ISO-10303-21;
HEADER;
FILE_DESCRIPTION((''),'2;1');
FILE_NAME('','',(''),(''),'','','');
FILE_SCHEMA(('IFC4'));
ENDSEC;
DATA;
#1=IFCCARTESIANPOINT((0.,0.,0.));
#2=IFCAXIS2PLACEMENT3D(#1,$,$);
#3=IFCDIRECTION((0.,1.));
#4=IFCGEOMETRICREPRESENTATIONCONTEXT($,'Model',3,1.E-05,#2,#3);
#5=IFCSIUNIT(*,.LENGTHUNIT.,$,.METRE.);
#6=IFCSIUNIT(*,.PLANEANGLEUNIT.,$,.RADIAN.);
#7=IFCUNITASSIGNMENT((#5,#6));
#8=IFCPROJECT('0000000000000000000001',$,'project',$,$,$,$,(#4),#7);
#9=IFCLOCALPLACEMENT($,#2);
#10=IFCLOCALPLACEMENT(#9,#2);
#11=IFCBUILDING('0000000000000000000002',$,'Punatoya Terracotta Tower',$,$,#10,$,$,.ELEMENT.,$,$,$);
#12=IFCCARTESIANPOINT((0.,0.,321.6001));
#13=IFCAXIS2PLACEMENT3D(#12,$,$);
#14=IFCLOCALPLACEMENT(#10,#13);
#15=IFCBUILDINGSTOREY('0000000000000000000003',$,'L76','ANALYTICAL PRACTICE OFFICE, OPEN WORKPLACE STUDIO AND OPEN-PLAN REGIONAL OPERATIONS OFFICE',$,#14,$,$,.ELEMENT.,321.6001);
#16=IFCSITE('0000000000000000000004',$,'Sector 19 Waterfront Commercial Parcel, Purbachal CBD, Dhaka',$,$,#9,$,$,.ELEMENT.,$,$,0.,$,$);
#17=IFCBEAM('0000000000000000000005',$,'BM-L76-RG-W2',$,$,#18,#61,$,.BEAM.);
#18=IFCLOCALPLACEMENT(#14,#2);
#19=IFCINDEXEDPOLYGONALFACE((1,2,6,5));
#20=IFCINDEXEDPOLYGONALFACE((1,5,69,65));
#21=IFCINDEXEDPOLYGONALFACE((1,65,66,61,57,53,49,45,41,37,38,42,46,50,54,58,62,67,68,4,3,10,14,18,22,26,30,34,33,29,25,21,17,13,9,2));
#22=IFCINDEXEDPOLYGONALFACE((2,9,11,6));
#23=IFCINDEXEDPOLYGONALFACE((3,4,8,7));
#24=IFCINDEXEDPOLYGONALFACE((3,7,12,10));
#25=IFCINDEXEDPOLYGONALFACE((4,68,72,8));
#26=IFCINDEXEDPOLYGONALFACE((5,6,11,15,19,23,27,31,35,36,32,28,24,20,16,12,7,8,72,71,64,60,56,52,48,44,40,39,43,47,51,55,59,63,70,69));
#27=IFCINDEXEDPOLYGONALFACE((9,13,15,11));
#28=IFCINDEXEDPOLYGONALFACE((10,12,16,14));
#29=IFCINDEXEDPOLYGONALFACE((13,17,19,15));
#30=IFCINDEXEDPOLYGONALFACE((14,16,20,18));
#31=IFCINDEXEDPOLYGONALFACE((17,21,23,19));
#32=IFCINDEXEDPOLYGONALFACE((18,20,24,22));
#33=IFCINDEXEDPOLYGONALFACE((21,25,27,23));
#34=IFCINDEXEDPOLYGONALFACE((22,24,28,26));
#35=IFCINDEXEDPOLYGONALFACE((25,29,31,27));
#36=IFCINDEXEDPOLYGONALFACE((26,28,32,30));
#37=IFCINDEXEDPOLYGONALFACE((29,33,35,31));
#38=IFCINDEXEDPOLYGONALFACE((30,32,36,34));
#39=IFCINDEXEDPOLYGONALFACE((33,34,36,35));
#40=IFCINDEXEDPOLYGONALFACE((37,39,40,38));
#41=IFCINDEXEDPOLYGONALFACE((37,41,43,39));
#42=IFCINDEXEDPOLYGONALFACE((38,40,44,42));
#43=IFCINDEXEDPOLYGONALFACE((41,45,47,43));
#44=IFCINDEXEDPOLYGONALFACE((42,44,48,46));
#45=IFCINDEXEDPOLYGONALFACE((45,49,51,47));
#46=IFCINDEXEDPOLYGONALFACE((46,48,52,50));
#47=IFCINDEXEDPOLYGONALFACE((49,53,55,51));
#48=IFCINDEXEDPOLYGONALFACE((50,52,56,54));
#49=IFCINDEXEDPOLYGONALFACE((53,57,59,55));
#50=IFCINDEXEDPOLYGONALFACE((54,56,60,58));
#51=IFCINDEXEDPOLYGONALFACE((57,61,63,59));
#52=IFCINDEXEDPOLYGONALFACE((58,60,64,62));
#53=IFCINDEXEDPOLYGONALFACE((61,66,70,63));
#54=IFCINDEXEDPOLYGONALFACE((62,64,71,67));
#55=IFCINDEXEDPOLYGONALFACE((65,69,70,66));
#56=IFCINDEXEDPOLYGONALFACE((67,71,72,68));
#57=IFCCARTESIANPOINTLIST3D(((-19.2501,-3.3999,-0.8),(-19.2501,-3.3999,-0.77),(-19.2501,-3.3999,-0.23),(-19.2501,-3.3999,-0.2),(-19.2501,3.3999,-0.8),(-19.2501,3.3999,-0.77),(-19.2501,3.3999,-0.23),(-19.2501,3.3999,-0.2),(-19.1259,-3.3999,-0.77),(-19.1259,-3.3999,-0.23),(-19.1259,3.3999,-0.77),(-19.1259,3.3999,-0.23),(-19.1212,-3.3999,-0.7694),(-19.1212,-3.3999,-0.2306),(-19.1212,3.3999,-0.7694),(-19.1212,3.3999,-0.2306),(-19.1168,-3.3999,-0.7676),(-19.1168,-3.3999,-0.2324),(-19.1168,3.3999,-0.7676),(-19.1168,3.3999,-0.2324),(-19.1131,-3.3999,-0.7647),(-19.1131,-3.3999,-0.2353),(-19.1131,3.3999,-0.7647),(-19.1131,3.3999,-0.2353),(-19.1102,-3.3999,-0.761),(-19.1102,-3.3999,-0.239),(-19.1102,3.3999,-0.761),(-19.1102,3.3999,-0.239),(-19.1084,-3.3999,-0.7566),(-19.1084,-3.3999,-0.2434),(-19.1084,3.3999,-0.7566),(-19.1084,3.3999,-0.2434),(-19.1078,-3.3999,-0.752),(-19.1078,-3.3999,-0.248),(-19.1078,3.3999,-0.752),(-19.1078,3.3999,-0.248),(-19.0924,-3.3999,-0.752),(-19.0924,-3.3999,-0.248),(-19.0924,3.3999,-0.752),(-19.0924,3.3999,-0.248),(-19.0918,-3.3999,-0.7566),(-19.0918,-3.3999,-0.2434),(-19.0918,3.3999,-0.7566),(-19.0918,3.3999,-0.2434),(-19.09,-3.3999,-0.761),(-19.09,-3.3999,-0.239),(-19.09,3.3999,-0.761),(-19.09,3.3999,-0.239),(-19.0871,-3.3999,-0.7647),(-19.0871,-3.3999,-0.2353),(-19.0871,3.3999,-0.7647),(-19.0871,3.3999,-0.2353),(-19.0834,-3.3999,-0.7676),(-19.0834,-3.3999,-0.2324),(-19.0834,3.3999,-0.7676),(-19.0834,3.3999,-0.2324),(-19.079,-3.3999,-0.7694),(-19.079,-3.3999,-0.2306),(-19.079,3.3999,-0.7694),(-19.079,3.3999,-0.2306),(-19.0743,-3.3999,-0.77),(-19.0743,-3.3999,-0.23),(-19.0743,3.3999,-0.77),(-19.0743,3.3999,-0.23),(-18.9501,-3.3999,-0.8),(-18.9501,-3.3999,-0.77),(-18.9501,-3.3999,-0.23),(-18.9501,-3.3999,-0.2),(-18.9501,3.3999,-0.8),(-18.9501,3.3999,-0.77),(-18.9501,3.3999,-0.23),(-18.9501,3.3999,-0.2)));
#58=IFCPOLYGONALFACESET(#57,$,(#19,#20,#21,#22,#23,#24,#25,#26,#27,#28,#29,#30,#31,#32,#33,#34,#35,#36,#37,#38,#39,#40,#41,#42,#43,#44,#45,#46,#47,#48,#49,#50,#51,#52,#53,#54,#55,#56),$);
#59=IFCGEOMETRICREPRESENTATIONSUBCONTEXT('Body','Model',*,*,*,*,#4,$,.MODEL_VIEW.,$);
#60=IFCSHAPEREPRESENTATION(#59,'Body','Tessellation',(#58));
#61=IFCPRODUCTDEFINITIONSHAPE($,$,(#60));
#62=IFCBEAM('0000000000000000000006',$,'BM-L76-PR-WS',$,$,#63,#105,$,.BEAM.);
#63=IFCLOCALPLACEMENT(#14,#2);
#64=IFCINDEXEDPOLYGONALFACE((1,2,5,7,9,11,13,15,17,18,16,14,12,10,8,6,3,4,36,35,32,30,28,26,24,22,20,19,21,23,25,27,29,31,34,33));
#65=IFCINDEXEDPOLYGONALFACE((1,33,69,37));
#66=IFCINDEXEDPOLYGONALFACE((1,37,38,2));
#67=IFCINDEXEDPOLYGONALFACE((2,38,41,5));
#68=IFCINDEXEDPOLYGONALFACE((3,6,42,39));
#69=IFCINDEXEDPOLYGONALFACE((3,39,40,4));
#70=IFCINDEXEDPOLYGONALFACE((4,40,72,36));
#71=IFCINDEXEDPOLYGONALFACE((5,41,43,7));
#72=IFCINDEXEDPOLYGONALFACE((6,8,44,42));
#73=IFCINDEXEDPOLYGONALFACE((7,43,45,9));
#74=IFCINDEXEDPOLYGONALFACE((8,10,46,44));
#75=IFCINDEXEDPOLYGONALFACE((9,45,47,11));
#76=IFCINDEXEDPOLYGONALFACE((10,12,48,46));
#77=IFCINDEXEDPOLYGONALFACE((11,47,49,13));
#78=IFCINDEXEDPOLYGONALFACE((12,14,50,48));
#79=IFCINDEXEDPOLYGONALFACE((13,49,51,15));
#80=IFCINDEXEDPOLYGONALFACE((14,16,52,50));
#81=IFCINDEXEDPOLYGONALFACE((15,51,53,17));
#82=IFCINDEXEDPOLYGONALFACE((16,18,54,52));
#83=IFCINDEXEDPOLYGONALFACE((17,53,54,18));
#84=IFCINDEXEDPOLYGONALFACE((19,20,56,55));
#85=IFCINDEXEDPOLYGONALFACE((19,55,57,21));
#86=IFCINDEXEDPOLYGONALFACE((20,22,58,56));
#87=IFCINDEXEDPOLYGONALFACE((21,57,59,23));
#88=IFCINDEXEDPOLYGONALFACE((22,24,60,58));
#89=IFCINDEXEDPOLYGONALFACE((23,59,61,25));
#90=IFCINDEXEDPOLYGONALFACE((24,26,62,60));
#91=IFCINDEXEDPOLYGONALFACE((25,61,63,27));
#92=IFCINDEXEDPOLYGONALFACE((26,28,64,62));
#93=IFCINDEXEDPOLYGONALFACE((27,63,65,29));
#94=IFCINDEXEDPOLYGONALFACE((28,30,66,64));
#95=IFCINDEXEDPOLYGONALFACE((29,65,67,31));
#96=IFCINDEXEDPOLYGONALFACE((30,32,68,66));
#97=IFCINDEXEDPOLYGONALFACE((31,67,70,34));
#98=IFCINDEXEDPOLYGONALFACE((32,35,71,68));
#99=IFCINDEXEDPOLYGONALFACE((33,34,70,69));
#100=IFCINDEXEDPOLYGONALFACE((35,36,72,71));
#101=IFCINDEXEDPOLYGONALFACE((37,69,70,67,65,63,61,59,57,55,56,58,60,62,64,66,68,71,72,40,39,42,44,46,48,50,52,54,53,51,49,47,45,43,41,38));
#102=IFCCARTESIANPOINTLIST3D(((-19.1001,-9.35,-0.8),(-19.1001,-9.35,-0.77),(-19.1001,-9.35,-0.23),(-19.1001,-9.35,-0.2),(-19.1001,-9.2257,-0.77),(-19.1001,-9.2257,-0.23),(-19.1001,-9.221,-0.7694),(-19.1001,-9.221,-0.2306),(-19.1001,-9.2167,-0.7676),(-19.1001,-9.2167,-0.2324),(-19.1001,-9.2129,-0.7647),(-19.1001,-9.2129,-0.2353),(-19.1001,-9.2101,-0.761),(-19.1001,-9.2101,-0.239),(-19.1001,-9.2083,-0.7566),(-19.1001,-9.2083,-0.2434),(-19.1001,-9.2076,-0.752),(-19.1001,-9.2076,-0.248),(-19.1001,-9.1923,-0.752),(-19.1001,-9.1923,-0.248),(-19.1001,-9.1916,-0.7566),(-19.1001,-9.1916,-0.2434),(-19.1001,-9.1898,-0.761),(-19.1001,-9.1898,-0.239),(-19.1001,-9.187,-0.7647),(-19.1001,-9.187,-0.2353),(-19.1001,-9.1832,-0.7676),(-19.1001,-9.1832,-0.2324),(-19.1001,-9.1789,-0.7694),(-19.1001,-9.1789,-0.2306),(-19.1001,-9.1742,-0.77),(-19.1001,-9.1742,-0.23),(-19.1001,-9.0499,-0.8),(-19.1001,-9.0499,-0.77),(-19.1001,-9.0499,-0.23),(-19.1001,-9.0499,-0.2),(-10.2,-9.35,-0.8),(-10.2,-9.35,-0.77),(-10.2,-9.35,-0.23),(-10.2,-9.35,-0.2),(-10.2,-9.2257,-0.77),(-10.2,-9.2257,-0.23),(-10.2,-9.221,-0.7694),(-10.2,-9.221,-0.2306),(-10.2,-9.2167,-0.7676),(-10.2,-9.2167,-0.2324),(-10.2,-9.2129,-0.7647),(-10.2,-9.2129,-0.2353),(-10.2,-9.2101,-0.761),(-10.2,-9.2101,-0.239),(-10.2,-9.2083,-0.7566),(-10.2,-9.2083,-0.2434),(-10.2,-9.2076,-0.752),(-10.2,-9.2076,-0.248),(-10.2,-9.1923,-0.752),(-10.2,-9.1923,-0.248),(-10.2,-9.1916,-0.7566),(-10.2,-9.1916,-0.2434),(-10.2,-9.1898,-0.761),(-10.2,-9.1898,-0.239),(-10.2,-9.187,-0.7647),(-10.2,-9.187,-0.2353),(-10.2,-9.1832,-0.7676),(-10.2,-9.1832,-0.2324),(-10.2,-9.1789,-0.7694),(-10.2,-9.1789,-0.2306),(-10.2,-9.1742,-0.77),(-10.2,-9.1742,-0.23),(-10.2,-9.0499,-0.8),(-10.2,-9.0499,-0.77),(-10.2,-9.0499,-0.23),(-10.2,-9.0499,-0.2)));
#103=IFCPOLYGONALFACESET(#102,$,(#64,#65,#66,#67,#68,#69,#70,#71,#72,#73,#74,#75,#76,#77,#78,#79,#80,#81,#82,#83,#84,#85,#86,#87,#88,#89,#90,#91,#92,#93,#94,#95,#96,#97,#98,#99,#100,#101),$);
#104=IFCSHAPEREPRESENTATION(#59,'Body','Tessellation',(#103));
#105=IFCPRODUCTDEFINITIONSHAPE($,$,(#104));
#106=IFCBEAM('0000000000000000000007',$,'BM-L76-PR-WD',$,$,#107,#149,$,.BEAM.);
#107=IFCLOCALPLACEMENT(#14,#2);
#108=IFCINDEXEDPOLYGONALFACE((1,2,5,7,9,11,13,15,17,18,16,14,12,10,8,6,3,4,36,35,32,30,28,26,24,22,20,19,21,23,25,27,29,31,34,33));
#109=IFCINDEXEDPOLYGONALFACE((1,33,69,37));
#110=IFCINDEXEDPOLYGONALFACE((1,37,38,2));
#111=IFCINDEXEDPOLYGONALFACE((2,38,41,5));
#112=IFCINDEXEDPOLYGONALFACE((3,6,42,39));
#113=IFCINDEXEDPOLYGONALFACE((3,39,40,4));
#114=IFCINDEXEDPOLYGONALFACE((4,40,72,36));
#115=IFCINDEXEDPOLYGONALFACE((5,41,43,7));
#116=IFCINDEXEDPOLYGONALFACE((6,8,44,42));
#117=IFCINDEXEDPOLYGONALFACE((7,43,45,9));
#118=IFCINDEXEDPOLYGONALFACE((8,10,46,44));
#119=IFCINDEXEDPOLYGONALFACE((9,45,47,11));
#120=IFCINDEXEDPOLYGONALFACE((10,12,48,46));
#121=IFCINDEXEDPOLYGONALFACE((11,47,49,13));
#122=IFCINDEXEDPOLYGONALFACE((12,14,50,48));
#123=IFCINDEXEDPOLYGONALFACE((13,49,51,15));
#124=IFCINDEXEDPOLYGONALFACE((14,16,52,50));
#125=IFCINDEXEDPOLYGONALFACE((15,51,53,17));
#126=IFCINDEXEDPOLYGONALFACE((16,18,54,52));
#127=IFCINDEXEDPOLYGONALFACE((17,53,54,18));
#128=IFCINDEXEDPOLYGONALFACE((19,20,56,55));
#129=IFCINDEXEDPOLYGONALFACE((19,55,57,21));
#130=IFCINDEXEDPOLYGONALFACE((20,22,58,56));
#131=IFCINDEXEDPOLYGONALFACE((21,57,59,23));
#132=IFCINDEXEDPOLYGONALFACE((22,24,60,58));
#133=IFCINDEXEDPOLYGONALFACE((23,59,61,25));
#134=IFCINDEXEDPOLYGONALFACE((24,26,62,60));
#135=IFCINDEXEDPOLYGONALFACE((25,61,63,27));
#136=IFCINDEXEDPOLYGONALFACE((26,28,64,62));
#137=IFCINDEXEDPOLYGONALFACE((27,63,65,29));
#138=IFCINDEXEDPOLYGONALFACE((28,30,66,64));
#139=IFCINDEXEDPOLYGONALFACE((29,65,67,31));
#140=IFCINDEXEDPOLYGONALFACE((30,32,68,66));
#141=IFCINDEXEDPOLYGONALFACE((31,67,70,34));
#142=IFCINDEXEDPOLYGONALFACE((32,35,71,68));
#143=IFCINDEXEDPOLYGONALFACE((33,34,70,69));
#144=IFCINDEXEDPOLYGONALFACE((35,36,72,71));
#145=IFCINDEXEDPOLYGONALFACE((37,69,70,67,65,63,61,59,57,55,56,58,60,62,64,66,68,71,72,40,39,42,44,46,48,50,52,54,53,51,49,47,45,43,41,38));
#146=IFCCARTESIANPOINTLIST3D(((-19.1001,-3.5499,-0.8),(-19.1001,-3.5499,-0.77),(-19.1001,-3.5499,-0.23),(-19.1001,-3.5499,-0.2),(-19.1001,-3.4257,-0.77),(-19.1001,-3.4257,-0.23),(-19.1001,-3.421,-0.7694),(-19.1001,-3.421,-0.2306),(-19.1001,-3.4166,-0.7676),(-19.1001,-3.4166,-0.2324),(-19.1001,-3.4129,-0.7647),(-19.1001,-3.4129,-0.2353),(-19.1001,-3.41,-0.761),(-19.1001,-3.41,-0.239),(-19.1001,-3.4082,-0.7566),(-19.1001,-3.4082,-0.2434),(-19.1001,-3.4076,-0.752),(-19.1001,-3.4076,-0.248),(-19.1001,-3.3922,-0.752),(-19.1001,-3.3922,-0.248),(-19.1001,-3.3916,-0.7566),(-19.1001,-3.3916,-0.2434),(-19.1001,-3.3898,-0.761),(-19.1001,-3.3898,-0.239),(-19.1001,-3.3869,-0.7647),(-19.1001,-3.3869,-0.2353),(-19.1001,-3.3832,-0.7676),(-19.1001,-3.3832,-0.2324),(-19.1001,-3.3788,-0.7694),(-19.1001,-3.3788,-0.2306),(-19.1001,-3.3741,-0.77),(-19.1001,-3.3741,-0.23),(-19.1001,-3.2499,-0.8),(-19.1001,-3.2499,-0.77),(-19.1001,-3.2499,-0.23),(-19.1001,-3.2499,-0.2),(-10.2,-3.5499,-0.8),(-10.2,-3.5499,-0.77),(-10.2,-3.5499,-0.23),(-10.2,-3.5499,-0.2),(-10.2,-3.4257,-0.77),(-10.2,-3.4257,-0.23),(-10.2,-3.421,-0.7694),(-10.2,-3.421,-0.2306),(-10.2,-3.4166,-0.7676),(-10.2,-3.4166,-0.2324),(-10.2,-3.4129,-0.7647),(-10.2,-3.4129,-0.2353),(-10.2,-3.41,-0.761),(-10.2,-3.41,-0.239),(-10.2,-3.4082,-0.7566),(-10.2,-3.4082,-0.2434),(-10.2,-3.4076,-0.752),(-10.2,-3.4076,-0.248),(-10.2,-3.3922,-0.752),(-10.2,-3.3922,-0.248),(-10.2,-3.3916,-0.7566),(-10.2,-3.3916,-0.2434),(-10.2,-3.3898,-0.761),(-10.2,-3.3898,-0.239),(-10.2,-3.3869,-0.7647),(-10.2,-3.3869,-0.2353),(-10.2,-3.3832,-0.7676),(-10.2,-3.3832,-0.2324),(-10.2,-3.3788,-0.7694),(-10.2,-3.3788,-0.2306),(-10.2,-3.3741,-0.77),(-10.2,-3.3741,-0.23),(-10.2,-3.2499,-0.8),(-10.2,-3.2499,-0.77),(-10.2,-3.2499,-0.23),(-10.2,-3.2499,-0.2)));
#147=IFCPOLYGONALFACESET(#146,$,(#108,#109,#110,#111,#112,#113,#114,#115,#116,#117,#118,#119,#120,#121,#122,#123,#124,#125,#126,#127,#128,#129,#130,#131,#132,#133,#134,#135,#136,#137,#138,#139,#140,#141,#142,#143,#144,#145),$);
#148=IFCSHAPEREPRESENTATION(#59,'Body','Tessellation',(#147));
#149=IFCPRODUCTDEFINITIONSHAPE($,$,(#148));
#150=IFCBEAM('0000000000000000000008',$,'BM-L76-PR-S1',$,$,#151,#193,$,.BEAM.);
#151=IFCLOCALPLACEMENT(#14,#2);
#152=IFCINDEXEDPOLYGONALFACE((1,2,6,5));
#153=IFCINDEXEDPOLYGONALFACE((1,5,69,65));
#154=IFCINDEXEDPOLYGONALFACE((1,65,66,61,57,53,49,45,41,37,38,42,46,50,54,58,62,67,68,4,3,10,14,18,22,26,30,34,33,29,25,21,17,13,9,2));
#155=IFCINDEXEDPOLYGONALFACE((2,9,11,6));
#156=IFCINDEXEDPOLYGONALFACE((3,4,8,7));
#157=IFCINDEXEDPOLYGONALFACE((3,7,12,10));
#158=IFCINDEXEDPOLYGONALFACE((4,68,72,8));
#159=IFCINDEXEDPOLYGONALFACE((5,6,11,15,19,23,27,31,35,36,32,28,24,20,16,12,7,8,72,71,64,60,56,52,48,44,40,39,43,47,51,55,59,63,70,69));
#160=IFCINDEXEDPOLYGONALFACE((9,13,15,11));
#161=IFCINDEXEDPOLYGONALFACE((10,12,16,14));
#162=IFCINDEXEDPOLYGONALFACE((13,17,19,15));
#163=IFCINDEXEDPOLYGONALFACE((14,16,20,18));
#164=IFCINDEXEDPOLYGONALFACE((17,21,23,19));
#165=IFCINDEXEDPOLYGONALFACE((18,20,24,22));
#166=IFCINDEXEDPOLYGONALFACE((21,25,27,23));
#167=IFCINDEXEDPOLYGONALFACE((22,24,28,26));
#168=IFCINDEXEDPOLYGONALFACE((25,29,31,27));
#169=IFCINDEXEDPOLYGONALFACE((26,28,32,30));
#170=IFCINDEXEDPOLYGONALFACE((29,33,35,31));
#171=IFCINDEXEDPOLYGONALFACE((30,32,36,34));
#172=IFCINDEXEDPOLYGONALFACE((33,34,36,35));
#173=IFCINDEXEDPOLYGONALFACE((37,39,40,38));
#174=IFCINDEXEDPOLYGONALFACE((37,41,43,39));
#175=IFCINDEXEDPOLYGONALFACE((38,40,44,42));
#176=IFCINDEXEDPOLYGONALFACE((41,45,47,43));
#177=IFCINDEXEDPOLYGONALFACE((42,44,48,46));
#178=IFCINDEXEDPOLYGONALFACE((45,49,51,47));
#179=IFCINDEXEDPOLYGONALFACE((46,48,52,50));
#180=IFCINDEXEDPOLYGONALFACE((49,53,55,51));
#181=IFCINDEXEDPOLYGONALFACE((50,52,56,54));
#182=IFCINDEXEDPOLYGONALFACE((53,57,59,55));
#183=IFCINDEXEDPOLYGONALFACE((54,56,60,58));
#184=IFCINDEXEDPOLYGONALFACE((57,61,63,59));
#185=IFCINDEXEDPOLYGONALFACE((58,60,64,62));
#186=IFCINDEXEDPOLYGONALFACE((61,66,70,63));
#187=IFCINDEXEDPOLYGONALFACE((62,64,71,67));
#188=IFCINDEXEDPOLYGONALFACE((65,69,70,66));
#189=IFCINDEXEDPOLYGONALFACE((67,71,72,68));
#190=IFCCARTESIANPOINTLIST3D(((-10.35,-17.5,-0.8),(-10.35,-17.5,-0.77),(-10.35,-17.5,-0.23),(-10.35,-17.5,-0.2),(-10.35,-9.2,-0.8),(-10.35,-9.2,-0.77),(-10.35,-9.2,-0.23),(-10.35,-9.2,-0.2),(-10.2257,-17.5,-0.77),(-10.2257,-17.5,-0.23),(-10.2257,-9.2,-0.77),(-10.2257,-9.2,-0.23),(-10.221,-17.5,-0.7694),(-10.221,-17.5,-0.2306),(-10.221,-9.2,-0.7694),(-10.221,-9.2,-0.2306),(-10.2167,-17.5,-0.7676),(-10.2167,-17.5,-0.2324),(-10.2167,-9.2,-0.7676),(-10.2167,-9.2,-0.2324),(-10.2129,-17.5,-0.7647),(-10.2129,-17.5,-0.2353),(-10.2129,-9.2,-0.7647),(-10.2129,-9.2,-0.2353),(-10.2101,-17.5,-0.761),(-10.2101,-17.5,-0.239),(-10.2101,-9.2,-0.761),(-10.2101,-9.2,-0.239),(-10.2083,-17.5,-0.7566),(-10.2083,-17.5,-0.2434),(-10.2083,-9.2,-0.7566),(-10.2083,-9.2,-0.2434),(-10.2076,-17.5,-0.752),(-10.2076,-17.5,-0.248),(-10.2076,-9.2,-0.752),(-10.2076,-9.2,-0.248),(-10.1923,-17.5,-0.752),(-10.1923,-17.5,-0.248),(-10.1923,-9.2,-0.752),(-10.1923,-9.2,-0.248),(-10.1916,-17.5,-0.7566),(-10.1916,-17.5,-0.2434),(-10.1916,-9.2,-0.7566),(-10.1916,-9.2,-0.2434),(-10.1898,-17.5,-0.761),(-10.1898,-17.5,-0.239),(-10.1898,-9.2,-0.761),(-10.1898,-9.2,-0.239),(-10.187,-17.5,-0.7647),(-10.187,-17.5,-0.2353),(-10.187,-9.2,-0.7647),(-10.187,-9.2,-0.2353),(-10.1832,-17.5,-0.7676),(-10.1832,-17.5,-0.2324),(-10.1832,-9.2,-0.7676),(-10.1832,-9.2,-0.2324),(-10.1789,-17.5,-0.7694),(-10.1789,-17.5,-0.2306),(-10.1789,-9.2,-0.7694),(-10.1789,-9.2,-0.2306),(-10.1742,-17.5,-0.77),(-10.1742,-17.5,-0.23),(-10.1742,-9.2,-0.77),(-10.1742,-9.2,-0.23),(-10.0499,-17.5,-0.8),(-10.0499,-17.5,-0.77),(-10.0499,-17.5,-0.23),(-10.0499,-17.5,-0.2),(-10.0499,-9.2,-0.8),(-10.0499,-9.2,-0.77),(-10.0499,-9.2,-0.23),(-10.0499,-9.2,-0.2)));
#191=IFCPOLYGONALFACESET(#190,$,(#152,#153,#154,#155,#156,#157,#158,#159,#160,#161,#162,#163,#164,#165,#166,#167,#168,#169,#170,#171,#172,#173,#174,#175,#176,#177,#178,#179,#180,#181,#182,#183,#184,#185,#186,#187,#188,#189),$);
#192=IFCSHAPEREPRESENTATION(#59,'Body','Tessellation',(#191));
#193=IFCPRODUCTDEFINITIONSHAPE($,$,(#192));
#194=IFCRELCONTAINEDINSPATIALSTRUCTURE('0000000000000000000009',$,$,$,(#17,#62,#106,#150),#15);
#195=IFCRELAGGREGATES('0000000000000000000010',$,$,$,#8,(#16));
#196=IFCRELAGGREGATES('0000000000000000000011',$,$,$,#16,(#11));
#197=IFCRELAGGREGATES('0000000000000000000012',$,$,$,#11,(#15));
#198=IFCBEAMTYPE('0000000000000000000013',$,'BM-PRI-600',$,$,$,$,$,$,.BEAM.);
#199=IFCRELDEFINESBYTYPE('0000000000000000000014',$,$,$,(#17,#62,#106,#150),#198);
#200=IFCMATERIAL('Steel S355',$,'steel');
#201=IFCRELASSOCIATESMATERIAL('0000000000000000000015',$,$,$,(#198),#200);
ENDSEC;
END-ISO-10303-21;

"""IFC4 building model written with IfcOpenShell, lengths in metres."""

from ifc_helpers import new_model, si_unit, direction, frame, origin, origin_2d, place, context, subcontext, project, spatial, i_section, extrude, material, material_profile, profile_set, type_object, element, save


model = new_model("IFC4")

# Units and contexts
model_context = context("Model", 3, precision=1e-05, world=origin(), true_north=direction((0.0, 1.0)))
body_context = subcontext(model_context, "Body", "Model", "MODEL_VIEW")
ifc_project = project(units=[si_unit("LENGTHUNIT", "METRE"), si_unit("PLANEANGLEUNIT", "RADIAN")], contexts=[model_context])

# Site, building, storey
site_placement = place(None, origin())
site = spatial("IfcSite", under=ifc_project, at=site_placement, Name="Sector 19 Waterfront Commercial Parcel, Purbachal CBD, Dhaka", CompositionType="ELEMENT", RefElevation=0.0)
building_placement = place(site_placement, origin())
building = spatial("IfcBuilding", under=site, at=building_placement, Name="Punatoya Terracotta Tower", CompositionType="ELEMENT")
storey_placement = place(building_placement, frame((0.0, 0.0, 321.6001)))
storey = spatial("IfcBuildingStorey", under=building, at=storey_placement, Name="L76", Description="ANALYTICAL PRACTICE OFFICE, OPEN WORKPLACE STUDIO AND OPEN-PLAN REGIONAL OPERATIONS OFFICE", CompositionType="ELEMENT", Elevation=321.6001)

# Beams
ifc_material_1 = material(Name="Steel S355", Category="steel")
ifc_material_profile_1 = material_profile(ifc_material_1, i_section(OverallWidth=0.3, OverallDepth=0.6001, WebThickness=0.0154, FlangeThickness=0.03, FilletRadius=0.0181, at=origin_2d()))
ifc_profile_set_1 = profile_set([ifc_material_profile_1], Name="Steel S355")
beam_type_1 = type_object("IfcBeamType", Name="BM-PRI-600", PredefinedType="BEAM", material=ifc_profile_set_1)
beam_1_placement = place(storey_placement, frame((-19.1001, -3.3999, -0.5), z_axis=(0.0, 1.0, 0.0), x_axis=(-1.0, 0.0, 0.0)))
element("IfcBeam", 1, at=beam_1_placement, inside=storey, type_object=beam_type_1, Name="BM-L76-RG-W2", PredefinedType="BEAM", context=body_context, shape_type="SweptSolid", body=[
    extrude(i_section(OverallWidth=0.3, OverallDepth=0.6001, WebThickness=0.0154, FlangeThickness=0.03, FilletRadius=0.0181, at=origin_2d()), origin(), (0.0, 0.0, 1.0), 6.7998),
])
for number, where, z_axis, x_axis, name in (
    (2, (-19.1001, -9.2, -0.5), (1.0, 0.0, 0.0), (0.0, 1.0, 0.0), "BM-L76-PR-WS"),
    (3, (-19.1001, -3.3999, -0.5), (1.0, 0.0, 0.0), (0.0, 1.0, 0.0), "BM-L76-PR-WD"),
):
    element("IfcBeam", number, at=place(storey_placement, frame(where, z_axis=z_axis, x_axis=x_axis)), inside=storey, type_object=beam_type_1, Name=name, PredefinedType="BEAM", context=body_context, shape_type="SweptSolid", body=[
        extrude(i_section(OverallWidth=0.3, OverallDepth=0.6001, WebThickness=0.0154, FlangeThickness=0.03, FilletRadius=0.0181, at=origin_2d()), origin(), (0.0, 0.0, 1.0), 8.9001),
    ])
for number, where, z_axis, x_axis, name in (
    (4, (-10.2, -17.5, -0.5), (0.0, 1.0, 0.0), (-1.0, 0.0, 0.0), "BM-L76-PR-S1"),
):
    element("IfcBeam", number, at=place(storey_placement, frame(where, z_axis=z_axis, x_axis=x_axis)), inside=storey, type_object=beam_type_1, Name=name, PredefinedType="BEAM", context=body_context, shape_type="SweptSolid", body=[
        extrude(i_section(OverallWidth=0.3, OverallDepth=0.6001, WebThickness=0.0154, FlangeThickness=0.03, FilletRadius=0.0181, at=origin_2d()), origin(), (0.0, 0.0, 1.0), 8.3),
    ])

save(model, "model.ifc")
